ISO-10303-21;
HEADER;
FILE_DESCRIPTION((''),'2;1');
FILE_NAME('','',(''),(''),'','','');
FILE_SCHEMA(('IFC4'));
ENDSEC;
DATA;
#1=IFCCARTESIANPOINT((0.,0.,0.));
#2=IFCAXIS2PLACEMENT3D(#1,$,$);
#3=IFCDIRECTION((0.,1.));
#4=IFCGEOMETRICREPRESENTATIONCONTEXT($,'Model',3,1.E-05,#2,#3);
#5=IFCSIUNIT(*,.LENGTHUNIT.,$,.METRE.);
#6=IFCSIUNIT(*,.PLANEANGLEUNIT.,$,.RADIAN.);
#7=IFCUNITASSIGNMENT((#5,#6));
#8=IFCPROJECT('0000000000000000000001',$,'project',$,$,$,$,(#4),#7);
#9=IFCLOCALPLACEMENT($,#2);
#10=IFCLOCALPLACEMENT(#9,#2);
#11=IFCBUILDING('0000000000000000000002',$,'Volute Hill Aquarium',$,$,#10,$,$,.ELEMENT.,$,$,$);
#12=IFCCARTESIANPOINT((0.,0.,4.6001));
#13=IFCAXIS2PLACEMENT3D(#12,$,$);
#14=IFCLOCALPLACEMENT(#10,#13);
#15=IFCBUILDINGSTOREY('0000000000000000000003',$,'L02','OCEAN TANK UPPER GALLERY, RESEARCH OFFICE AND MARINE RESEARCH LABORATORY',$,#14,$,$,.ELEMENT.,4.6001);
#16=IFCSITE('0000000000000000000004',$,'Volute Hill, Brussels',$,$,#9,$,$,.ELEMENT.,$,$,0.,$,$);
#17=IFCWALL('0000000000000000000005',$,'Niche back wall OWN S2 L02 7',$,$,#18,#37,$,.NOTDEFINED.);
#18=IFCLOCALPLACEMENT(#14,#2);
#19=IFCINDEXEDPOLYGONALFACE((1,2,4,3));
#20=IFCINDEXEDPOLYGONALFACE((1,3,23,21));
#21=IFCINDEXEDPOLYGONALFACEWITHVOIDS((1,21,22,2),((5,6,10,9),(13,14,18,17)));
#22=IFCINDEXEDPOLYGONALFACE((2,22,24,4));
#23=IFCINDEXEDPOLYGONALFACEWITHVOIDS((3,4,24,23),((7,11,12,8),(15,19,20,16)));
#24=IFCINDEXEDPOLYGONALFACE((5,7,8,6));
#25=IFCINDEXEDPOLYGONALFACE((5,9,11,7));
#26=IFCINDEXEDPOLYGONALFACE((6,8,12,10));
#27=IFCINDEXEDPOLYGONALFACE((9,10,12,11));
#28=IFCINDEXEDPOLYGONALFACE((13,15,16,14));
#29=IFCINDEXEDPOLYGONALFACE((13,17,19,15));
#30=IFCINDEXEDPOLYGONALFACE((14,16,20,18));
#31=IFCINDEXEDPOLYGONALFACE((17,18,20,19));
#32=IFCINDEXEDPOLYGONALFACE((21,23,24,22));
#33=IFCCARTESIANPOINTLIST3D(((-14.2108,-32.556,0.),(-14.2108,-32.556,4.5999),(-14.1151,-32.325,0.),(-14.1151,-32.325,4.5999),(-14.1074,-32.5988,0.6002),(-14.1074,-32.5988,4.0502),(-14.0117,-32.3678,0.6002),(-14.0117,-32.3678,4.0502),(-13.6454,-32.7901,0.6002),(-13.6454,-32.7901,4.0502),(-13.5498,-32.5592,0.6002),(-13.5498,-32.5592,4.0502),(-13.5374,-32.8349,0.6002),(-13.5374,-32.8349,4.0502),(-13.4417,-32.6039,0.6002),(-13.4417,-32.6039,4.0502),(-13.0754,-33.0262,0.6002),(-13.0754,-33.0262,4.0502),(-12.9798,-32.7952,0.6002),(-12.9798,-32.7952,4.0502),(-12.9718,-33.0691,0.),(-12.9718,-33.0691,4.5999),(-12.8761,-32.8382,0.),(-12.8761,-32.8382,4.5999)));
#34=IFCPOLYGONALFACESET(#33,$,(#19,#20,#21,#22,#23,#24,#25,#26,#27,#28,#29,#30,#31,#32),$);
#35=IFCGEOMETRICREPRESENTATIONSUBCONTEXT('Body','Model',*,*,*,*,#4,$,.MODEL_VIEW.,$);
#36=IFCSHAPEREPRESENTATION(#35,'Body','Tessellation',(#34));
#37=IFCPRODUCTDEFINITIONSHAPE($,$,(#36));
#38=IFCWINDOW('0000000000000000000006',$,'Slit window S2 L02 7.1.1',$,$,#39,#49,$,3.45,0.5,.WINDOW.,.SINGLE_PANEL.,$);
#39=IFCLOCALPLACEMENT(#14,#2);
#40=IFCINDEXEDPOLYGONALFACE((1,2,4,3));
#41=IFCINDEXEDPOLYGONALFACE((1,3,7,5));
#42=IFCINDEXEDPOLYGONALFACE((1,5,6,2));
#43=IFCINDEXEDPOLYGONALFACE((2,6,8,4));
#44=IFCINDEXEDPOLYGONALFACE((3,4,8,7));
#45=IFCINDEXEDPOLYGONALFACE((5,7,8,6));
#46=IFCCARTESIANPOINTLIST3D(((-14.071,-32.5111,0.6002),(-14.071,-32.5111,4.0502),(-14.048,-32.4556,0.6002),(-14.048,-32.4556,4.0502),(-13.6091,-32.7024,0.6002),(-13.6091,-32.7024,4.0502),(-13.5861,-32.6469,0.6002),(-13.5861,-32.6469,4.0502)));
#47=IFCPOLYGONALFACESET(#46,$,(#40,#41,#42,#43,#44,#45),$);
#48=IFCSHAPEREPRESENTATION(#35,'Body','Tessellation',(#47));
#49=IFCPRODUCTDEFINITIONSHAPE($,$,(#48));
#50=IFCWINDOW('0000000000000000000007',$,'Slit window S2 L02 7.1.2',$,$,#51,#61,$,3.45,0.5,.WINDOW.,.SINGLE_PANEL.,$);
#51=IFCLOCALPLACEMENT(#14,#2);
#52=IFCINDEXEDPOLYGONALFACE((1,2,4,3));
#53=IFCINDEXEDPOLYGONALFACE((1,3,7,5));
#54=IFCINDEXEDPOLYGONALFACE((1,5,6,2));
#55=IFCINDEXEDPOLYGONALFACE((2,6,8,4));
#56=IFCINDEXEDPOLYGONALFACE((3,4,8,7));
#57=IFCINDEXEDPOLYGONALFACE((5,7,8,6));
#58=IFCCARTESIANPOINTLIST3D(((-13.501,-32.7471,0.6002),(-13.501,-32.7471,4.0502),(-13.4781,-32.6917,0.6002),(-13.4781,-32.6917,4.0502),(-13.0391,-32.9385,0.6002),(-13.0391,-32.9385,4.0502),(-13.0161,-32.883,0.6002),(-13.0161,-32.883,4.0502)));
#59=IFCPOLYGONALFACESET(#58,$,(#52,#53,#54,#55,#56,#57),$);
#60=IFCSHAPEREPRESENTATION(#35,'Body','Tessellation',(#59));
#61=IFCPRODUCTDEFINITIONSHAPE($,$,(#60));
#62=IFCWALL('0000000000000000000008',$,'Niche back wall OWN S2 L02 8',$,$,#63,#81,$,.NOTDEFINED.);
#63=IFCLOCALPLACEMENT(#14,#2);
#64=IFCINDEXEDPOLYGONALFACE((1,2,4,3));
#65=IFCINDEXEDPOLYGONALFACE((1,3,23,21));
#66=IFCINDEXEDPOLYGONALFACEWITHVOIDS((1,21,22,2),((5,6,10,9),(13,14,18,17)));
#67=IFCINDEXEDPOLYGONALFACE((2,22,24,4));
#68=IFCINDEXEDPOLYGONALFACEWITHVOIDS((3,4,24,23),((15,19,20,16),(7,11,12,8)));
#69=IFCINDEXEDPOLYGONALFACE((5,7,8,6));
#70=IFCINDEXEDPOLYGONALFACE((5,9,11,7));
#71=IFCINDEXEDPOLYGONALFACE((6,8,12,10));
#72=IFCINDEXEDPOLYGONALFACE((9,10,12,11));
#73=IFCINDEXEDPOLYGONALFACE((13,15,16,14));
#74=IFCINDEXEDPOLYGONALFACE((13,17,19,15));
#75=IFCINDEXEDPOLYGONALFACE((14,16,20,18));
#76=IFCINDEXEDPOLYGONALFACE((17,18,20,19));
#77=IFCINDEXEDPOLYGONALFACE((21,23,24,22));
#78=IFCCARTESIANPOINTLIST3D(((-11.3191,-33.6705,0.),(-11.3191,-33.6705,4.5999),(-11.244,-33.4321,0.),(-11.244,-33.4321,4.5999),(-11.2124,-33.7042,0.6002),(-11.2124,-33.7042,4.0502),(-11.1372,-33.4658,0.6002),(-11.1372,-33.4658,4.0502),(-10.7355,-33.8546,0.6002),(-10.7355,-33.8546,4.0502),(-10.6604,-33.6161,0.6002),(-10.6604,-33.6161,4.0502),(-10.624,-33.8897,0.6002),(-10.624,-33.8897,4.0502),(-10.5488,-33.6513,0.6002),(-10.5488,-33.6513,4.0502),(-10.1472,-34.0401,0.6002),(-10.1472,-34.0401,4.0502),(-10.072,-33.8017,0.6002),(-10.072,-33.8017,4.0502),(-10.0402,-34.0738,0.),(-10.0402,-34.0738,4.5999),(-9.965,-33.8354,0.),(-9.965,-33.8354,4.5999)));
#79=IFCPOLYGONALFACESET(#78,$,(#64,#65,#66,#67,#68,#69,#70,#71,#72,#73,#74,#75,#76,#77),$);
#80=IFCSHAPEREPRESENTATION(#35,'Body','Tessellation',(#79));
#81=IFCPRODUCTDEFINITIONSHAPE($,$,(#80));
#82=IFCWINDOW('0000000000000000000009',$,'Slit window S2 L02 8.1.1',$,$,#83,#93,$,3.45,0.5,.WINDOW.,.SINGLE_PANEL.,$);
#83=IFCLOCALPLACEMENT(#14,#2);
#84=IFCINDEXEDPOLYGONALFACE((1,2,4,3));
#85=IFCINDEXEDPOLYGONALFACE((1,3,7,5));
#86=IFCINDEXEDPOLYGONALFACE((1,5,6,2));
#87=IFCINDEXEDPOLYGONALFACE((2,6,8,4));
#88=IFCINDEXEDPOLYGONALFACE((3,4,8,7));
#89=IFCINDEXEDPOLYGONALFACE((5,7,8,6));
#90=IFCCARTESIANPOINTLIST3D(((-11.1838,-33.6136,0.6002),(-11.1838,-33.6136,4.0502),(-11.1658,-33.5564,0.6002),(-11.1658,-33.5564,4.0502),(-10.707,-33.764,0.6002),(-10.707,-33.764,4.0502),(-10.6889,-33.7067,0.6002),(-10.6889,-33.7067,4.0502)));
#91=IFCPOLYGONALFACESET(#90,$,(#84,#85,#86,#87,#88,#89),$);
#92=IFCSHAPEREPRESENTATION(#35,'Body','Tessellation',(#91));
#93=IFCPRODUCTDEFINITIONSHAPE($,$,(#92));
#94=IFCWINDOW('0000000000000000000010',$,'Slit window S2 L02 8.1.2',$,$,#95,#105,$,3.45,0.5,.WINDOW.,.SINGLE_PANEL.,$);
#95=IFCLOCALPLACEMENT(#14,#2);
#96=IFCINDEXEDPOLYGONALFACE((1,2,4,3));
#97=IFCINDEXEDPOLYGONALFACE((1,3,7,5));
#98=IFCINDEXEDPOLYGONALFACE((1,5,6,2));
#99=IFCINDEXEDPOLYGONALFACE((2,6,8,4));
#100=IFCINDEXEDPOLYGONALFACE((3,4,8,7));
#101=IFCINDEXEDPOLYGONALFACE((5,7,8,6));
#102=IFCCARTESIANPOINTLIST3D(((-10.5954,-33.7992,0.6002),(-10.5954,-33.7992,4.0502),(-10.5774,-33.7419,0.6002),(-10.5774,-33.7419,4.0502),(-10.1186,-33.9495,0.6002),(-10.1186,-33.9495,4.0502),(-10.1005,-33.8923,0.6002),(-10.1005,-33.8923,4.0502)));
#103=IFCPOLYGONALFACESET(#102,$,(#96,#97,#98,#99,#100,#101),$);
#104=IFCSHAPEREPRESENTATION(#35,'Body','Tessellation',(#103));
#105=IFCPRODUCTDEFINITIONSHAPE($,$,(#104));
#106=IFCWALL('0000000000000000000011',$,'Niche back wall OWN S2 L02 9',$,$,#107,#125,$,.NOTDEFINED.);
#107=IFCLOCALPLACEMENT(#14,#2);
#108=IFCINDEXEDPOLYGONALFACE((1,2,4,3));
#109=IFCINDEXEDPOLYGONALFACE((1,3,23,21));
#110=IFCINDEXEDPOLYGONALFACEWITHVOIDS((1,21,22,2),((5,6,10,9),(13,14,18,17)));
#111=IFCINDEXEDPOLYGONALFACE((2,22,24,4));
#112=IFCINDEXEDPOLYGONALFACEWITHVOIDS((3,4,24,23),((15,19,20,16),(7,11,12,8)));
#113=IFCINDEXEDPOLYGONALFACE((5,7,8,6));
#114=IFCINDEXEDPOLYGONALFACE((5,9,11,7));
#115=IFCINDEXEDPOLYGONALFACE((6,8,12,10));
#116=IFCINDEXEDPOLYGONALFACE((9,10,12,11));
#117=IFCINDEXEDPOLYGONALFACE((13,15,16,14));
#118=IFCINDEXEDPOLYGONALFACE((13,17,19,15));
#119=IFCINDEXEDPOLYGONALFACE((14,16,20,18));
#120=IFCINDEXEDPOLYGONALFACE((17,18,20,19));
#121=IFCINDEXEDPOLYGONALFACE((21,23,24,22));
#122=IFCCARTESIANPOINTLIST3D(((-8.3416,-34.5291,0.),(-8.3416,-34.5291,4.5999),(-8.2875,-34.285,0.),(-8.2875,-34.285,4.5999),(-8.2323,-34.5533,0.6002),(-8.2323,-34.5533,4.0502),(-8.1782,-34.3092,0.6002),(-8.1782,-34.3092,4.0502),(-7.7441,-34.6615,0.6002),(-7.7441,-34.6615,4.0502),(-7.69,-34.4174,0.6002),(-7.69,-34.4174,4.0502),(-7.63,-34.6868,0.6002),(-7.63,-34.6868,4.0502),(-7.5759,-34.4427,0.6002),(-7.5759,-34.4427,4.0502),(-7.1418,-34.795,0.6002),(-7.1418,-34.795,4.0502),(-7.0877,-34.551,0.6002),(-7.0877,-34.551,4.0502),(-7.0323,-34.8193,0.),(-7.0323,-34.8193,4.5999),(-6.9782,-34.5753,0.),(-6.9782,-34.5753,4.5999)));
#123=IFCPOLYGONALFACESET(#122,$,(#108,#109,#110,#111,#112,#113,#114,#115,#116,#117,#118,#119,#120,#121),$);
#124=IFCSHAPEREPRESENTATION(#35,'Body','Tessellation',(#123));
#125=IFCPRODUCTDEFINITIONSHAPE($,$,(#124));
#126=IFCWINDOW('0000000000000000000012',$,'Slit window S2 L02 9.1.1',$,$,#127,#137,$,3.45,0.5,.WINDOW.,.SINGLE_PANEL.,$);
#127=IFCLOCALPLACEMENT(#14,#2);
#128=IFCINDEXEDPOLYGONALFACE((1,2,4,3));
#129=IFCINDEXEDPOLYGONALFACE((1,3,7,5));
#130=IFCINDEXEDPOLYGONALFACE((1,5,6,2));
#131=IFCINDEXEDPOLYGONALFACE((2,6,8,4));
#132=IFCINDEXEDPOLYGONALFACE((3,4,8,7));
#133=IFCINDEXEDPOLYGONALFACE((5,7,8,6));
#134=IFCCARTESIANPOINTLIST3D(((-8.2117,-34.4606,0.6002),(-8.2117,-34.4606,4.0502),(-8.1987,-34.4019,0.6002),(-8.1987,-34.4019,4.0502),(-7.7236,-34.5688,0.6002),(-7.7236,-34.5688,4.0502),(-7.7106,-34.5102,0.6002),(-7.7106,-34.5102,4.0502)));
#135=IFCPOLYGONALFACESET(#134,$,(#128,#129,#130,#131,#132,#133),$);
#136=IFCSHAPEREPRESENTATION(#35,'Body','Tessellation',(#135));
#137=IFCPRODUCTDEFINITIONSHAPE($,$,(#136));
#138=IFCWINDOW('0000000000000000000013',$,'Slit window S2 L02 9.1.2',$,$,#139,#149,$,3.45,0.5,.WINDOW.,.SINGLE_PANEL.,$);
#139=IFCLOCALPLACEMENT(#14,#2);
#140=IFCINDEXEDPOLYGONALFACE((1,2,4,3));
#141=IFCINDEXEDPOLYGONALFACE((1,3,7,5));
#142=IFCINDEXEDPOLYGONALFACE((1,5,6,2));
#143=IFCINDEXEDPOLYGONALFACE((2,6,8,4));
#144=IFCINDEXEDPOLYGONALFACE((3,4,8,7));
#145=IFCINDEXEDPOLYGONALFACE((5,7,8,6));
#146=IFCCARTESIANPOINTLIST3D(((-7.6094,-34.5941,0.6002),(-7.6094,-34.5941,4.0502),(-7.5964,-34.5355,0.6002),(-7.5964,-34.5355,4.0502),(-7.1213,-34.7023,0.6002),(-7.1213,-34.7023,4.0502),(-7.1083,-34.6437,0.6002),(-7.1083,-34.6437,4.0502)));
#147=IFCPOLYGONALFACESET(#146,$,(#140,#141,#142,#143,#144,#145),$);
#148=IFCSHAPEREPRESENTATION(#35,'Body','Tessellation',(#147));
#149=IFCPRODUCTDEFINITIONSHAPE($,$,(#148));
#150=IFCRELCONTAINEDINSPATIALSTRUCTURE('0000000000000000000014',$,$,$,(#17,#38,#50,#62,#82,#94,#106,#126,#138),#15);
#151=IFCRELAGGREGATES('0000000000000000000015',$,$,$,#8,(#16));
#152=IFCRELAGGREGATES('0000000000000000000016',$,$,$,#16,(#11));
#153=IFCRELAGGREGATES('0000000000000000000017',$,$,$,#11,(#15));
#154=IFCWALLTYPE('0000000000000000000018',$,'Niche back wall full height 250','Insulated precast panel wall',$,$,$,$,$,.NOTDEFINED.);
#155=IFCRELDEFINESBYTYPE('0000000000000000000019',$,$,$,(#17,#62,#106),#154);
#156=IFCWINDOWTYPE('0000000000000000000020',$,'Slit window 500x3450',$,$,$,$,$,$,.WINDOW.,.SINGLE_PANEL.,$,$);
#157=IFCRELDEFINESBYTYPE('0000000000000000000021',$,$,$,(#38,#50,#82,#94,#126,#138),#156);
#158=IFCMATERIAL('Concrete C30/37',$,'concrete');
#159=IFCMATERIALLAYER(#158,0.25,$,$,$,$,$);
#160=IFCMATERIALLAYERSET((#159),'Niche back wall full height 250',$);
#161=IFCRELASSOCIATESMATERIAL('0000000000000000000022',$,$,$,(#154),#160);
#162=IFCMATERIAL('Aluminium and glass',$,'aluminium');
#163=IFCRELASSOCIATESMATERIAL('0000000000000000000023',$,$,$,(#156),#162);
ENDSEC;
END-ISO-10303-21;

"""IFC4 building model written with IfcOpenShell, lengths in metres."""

from ifc_helpers import new_model, si_unit, direction, frame, frame_2d, origin, place, context, subcontext, project, spatial, rectangle, extrude, material, layer, layer_set, type_object, element, fill, save


model = new_model("IFC4")

# Units and contexts
model_context = context("Model", 3, precision=1e-05, world=origin(), true_north=direction((0.0, 1.0)))
body_context = subcontext(model_context, "Body", "Model", "MODEL_VIEW")
ifc_project = project(units=[si_unit("LENGTHUNIT", "METRE"), si_unit("PLANEANGLEUNIT", "RADIAN")], contexts=[model_context])

# Site, building, storey
site_placement = place(None, origin())
site = spatial("IfcSite", under=ifc_project, at=site_placement, Name="Volute Hill, Brussels", CompositionType="ELEMENT", RefElevation=0.0)
building_placement = place(site_placement, origin())
building = spatial("IfcBuilding", under=site, at=building_placement, Name="Volute Hill Aquarium", CompositionType="ELEMENT")
storey_placement = place(building_placement, frame((0.0, 0.0, 4.6001)))
storey = spatial("IfcBuildingStorey", under=building, at=storey_placement, Name="L02", Description="OCEAN TANK UPPER GALLERY, RESEARCH OFFICE AND MARINE RESEARCH LABORATORY", CompositionType="ELEMENT", Elevation=4.6001)

# Walls, openings, windows
ifc_material_1 = material(Name="Concrete C30/37", Category="concrete")
ifc_layer_1 = layer(ifc_material_1, 0.25)
ifc_layer_set_1 = layer_set([ifc_layer_1], Name="Niche back wall full height 250")
wall_type = type_object("IfcWallType", Name="Niche back wall full height 250", Description="Insulated precast panel wall", PredefinedType="NOTDEFINED", material=ifc_layer_set_1)
wall_1_placement = place(storey_placement, frame((-12.9241, -32.9536, 0.0), z_axis=(0.0, 0.0, 1.0), x_axis=(-0.923888, 0.382663, 0.0)))
wall_1 = element("IfcWall", 1, at=wall_1_placement, inside=storey, type_object=wall_type, Name="Niche back wall OWN S2 L02 7", PredefinedType="NOTDEFINED", context=body_context, shape_type="SweptSolid", body=[
    extrude(rectangle(XDim=1.3411, YDim=0.25, at=frame_2d((0.6704, 0.0))), origin(), (0.0, 0.0, 1.0), 4.5999),
])
opening_1_placement = place(wall_1_placement, frame((0.729, 0.0, 0.6001)))
opening_1 = element("IfcOpeningElement", 2, at=opening_1_placement, cuts=wall_1, PredefinedType="OPENING", context=body_context, shape_type="SweptSolid", body=[
    extrude(rectangle(XDim=0.5, YDim=3.45, at=frame_2d((0.25, 1.7251))), frame((0.0, 0.135, 0.0), z_axis=(0.0, -1.0, 0.0), x_axis=(1.0, 0.0, 0.0)), (0.0, 0.0, 1.0), 0.27),
])
opening_2_placement = place(wall_1_placement, frame((0.1121, 0.0, 0.6001)))
opening_2 = element("IfcOpeningElement", 3, at=opening_2_placement, cuts=wall_1, PredefinedType="OPENING", context=body_context, shape_type="SweptSolid", body=[
    extrude(rectangle(XDim=0.5, YDim=3.45, at=frame_2d((0.25, 1.7251))), frame((0.0, 0.135, 0.0), z_axis=(0.0, -1.0, 0.0), x_axis=(1.0, 0.0, 0.0)), (0.0, 0.0, 1.0), 0.27),
])
ifc_material_2 = material(Name="Aluminium and glass", Category="aluminium")
window_type = type_object("IfcWindowType", Name="Slit window 500x3450", PartitioningType="SINGLE_PANEL", PredefinedType="WINDOW", material=ifc_material_2)
window_1_placement = place(opening_1_placement, origin())
window_1 = element("IfcWindow", 4, at=window_1_placement, inside=storey, type_object=window_type, Name="Slit window S2 L02 7.1.1", OverallHeight=3.45, OverallWidth=0.5, PartitioningType="SINGLE_PANEL", PredefinedType="WINDOW", context=body_context, shape_type="SweptSolid", body=[
    extrude(rectangle(XDim=0.5, YDim=3.45, at=frame_2d((0.25, 1.7251))), frame((0.0, 0.03, 0.0), z_axis=(0.0, -1.0, 0.0), x_axis=(1.0, 0.0, 0.0)), (0.0, 0.0, 1.0), 0.0601),
])
fill(opening_1, window_1)
window_2_placement = place(opening_2_placement, origin())
window_2 = element("IfcWindow", 5, at=window_2_placement, inside=storey, type_object=window_type, Name="Slit window S2 L02 7.1.2", OverallHeight=3.45, OverallWidth=0.5, PartitioningType="SINGLE_PANEL", PredefinedType="WINDOW", context=body_context, shape_type="SweptSolid", body=[
    extrude(rectangle(XDim=0.5, YDim=3.45, at=frame_2d((0.25, 1.7251))), frame((0.0, 0.03, 0.0), z_axis=(0.0, -1.0, 0.0), x_axis=(1.0, 0.0, 0.0)), (0.0, 0.0, 1.0), 0.0601),
])
fill(opening_2, window_2)
wall_2_placement = place(storey_placement, frame((-10.0027, -33.9546, 0.0), z_axis=(0.0, 0.0, 1.0), x_axis=(-0.953709, 0.300731, 0.0)))
wall_2 = element("IfcWall", 6, at=wall_2_placement, inside=storey, type_object=wall_type, Name="Niche back wall OWN S2 L02 8", PredefinedType="NOTDEFINED", context=body_context, shape_type="SweptSolid", body=[
    extrude(rectangle(XDim=1.3411, YDim=0.25, at=frame_2d((0.6704, 0.0))), origin(), (0.0, 0.0, 1.0), 4.5999),
])
opening_3_placement = place(wall_2_placement, frame((0.729, 0.0, 0.6001)))
opening_3 = element("IfcOpeningElement", 7, at=opening_3_placement, cuts=wall_2, PredefinedType="OPENING", context=body_context, shape_type="SweptSolid", body=[
    extrude(rectangle(XDim=0.5, YDim=3.45, at=frame_2d((0.25, 1.7251))), frame((0.0, 0.135, 0.0), z_axis=(0.0, -1.0, 0.0), x_axis=(1.0, 0.0, 0.0)), (0.0, 0.0, 1.0), 0.27),
])
opening_4_placement = place(wall_2_placement, frame((0.1121, 0.0, 0.6001)))
opening_4 = element("IfcOpeningElement", 8, at=opening_4_placement, cuts=wall_2, PredefinedType="OPENING", context=body_context, shape_type="SweptSolid", body=[
    extrude(rectangle(XDim=0.5, YDim=3.45, at=frame_2d((0.25, 1.7251))), frame((0.0, 0.135, 0.0), z_axis=(0.0, -1.0, 0.0), x_axis=(1.0, 0.0, 0.0)), (0.0, 0.0, 1.0), 0.27),
])
window_3_placement = place(opening_3_placement, origin())
window_3 = element("IfcWindow", 9, at=window_3_placement, inside=storey, type_object=window_type, Name="Slit window S2 L02 8.1.1", OverallHeight=3.45, OverallWidth=0.5, PartitioningType="SINGLE_PANEL", PredefinedType="WINDOW", context=body_context, shape_type="SweptSolid", body=[
    extrude(rectangle(XDim=0.5, YDim=3.45, at=frame_2d((0.25, 1.7251))), frame((0.0, 0.03, 0.0), z_axis=(0.0, -1.0, 0.0), x_axis=(1.0, 0.0, 0.0)), (0.0, 0.0, 1.0), 0.0601),
])
fill(opening_3, window_3)
window_4_placement = place(opening_4_placement, origin())
window_4 = element("IfcWindow", 10, at=window_4_placement, inside=storey, type_object=window_type, Name="Slit window S2 L02 8.1.2", OverallHeight=3.45, OverallWidth=0.5, PartitioningType="SINGLE_PANEL", PredefinedType="WINDOW", context=body_context, shape_type="SweptSolid", body=[
    extrude(rectangle(XDim=0.5, YDim=3.45, at=frame_2d((0.25, 1.7251))), frame((0.0, 0.03, 0.0), z_axis=(0.0, -1.0, 0.0), x_axis=(1.0, 0.0, 0.0)), (0.0, 0.0, 1.0), 0.0601),
])
fill(opening_4, window_4)
wall_3_placement = place(storey_placement, frame((-7.0054, -34.6973, 0.0), z_axis=(0.0, 0.0, 1.0), x_axis=(-0.976294, 0.216449, 0.0)))
wall_3 = element("IfcWall", 11, at=wall_3_placement, inside=storey, type_object=wall_type, Name="Niche back wall OWN S2 L02 9", PredefinedType="NOTDEFINED", context=body_context, shape_type="SweptSolid", body=[
    extrude(rectangle(XDim=1.3411, YDim=0.25, at=frame_2d((0.6704, 0.0))), origin(), (0.0, 0.0, 1.0), 4.5999),
])
opening_5_placement = place(wall_3_placement, frame((0.729, 0.0, 0.6001)))
opening_5 = element("IfcOpeningElement", 12, at=opening_5_placement, cuts=wall_3, PredefinedType="OPENING", context=body_context, shape_type="SweptSolid", body=[
    extrude(rectangle(XDim=0.5, YDim=3.45, at=frame_2d((0.25, 1.7251))), frame((0.0, 0.135, 0.0), z_axis=(0.0, -1.0, 0.0), x_axis=(1.0, 0.0, 0.0)), (0.0, 0.0, 1.0), 0.27),
])
opening_6_placement = place(wall_3_placement, frame((0.1121, 0.0, 0.6001)))
opening_6 = element("IfcOpeningElement", 13, at=opening_6_placement, cuts=wall_3, PredefinedType="OPENING", context=body_context, shape_type="SweptSolid", body=[
    extrude(rectangle(XDim=0.5, YDim=3.45, at=frame_2d((0.25, 1.7251))), frame((0.0, 0.135, 0.0), z_axis=(0.0, -1.0, 0.0), x_axis=(1.0, 0.0, 0.0)), (0.0, 0.0, 1.0), 0.27),
])
window_5_placement = place(opening_5_placement, origin())
window_5 = element("IfcWindow", 14, at=window_5_placement, inside=storey, type_object=window_type, Name="Slit window S2 L02 9.1.1", OverallHeight=3.45, OverallWidth=0.5, PartitioningType="SINGLE_PANEL", PredefinedType="WINDOW", context=body_context, shape_type="SweptSolid", body=[
    extrude(rectangle(XDim=0.5, YDim=3.45, at=frame_2d((0.25, 1.7251))), frame((0.0, 0.03, 0.0), z_axis=(0.0, -1.0, 0.0), x_axis=(1.0, 0.0, 0.0)), (0.0, 0.0, 1.0), 0.0601),
])
fill(opening_5, window_5)
window_6_placement = place(opening_6_placement, origin())
window_6 = element("IfcWindow", 15, at=window_6_placement, inside=storey, type_object=window_type, Name="Slit window S2 L02 9.1.2", OverallHeight=3.45, OverallWidth=0.5, PartitioningType="SINGLE_PANEL", PredefinedType="WINDOW", context=body_context, shape_type="SweptSolid", body=[
    extrude(rectangle(XDim=0.5, YDim=3.45, at=frame_2d((0.25, 1.7251))), frame((0.0, 0.03, 0.0), z_axis=(0.0, -1.0, 0.0), x_axis=(1.0, 0.0, 0.0)), (0.0, 0.0, 1.0), 0.0601),
])
fill(opening_6, window_6)

save(model, "model.ifc")
